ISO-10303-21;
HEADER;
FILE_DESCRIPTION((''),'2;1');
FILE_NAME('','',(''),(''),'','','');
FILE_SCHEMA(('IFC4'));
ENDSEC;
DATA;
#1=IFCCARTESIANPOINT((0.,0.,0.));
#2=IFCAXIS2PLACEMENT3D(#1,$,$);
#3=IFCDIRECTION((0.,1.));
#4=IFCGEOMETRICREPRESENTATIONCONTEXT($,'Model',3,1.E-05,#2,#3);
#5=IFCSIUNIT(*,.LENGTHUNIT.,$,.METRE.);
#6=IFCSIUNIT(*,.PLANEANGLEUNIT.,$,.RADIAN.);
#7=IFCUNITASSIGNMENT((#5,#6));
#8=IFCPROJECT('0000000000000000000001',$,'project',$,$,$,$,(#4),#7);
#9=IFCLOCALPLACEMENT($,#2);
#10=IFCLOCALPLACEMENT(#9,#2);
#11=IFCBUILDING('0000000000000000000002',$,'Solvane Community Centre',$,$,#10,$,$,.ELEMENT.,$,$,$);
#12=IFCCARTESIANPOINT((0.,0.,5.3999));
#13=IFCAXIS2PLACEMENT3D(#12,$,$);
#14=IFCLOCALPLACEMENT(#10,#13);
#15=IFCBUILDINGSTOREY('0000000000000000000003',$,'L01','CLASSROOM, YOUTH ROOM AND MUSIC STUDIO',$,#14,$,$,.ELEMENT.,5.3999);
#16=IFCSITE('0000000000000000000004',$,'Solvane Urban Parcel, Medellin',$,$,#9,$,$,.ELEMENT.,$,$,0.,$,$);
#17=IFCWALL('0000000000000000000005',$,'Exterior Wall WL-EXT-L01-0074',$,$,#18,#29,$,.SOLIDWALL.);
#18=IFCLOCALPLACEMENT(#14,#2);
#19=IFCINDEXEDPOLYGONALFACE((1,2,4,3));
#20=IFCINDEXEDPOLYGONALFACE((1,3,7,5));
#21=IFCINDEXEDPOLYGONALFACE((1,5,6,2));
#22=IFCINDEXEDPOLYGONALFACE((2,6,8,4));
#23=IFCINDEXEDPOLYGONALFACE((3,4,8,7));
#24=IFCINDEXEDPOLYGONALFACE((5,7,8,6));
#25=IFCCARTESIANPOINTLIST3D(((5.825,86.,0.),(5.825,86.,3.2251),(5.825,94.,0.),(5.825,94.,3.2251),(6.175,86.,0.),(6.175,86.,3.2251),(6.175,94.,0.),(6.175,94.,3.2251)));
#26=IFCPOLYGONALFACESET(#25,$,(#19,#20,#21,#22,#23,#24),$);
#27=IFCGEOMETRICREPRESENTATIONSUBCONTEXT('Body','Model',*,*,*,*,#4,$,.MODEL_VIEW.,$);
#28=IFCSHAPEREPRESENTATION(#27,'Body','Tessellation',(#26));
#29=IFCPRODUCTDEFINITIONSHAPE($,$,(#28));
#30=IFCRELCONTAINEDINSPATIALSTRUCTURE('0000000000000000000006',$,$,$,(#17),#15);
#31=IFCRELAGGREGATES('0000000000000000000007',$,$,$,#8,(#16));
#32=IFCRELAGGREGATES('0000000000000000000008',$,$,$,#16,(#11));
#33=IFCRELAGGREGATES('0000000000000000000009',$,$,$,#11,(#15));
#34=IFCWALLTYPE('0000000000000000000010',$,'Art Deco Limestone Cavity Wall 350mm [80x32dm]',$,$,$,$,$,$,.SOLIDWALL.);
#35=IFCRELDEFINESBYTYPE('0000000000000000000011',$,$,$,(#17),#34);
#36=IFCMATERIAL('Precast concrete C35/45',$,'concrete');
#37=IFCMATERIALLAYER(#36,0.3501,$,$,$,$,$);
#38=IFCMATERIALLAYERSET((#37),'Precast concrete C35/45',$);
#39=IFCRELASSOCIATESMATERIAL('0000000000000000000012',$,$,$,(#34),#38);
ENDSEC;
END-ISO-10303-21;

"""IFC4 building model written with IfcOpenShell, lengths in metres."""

from ifc_helpers import new_model, si_unit, direction, frame, frame_2d, origin, place, context, subcontext, project, spatial, rectangle, extrude, material, layer, layer_set, type_object, element, save


model = new_model("IFC4")

# Units and contexts
model_context = context("Model", 3, precision=1e-05, world=origin(), true_north=direction((0.0, 1.0)))
body_context = subcontext(model_context, "Body", "Model", "MODEL_VIEW")
ifc_project = project(units=[si_unit("LENGTHUNIT", "METRE"), si_unit("PLANEANGLEUNIT", "RADIAN")], contexts=[model_context])

# Site, building, storey
site_placement = place(None, origin())
site = spatial("IfcSite", under=ifc_project, at=site_placement, Name="Solvane Urban Parcel, Medellin", CompositionType="ELEMENT", RefElevation=0.0)
building_placement = place(site_placement, origin())
building = spatial("IfcBuilding", under=site, at=building_placement, Name="Solvane Community Centre", CompositionType="ELEMENT")
storey_placement = place(building_placement, frame((0.0, 0.0, 5.3999)))
storey = spatial("IfcBuildingStorey", under=building, at=storey_placement, Name="L01", Description="CLASSROOM, YOUTH ROOM AND MUSIC STUDIO", CompositionType="ELEMENT", Elevation=5.3999)

# Shared definitions
ifc_material_1 = material(Name="Precast concrete C35/45", Category="concrete")

# Wall
ifc_layer_1 = layer(ifc_material_1, 0.3501)
ifc_layer_set_1 = layer_set([ifc_layer_1], Name="Precast concrete C35/45")
wall_type_1 = type_object("IfcWallType", Name="Art Deco Limestone Cavity Wall 350mm [80x32dm]", PredefinedType="SOLIDWALL", material=ifc_layer_set_1)
wall_1_placement = place(storey_placement, frame((6.0, 86.0, 0.0), z_axis=(0.0, 0.0, 1.0), x_axis=(0.0, 1.0, 0.0)))
element("IfcWall", 1, at=wall_1_placement, inside=storey, type_object=wall_type_1, Name="Exterior Wall WL-EXT-L01-0074", PredefinedType="SOLIDWALL", context=body_context, shape_type="SweptSolid", body=[
    extrude(rectangle(XDim=8.0, YDim=0.3501, at=frame_2d((4.0, 0.0))), origin(), (0.0, 0.0, 1.0), 3.2251),
])

save(model, "model.ifc")
